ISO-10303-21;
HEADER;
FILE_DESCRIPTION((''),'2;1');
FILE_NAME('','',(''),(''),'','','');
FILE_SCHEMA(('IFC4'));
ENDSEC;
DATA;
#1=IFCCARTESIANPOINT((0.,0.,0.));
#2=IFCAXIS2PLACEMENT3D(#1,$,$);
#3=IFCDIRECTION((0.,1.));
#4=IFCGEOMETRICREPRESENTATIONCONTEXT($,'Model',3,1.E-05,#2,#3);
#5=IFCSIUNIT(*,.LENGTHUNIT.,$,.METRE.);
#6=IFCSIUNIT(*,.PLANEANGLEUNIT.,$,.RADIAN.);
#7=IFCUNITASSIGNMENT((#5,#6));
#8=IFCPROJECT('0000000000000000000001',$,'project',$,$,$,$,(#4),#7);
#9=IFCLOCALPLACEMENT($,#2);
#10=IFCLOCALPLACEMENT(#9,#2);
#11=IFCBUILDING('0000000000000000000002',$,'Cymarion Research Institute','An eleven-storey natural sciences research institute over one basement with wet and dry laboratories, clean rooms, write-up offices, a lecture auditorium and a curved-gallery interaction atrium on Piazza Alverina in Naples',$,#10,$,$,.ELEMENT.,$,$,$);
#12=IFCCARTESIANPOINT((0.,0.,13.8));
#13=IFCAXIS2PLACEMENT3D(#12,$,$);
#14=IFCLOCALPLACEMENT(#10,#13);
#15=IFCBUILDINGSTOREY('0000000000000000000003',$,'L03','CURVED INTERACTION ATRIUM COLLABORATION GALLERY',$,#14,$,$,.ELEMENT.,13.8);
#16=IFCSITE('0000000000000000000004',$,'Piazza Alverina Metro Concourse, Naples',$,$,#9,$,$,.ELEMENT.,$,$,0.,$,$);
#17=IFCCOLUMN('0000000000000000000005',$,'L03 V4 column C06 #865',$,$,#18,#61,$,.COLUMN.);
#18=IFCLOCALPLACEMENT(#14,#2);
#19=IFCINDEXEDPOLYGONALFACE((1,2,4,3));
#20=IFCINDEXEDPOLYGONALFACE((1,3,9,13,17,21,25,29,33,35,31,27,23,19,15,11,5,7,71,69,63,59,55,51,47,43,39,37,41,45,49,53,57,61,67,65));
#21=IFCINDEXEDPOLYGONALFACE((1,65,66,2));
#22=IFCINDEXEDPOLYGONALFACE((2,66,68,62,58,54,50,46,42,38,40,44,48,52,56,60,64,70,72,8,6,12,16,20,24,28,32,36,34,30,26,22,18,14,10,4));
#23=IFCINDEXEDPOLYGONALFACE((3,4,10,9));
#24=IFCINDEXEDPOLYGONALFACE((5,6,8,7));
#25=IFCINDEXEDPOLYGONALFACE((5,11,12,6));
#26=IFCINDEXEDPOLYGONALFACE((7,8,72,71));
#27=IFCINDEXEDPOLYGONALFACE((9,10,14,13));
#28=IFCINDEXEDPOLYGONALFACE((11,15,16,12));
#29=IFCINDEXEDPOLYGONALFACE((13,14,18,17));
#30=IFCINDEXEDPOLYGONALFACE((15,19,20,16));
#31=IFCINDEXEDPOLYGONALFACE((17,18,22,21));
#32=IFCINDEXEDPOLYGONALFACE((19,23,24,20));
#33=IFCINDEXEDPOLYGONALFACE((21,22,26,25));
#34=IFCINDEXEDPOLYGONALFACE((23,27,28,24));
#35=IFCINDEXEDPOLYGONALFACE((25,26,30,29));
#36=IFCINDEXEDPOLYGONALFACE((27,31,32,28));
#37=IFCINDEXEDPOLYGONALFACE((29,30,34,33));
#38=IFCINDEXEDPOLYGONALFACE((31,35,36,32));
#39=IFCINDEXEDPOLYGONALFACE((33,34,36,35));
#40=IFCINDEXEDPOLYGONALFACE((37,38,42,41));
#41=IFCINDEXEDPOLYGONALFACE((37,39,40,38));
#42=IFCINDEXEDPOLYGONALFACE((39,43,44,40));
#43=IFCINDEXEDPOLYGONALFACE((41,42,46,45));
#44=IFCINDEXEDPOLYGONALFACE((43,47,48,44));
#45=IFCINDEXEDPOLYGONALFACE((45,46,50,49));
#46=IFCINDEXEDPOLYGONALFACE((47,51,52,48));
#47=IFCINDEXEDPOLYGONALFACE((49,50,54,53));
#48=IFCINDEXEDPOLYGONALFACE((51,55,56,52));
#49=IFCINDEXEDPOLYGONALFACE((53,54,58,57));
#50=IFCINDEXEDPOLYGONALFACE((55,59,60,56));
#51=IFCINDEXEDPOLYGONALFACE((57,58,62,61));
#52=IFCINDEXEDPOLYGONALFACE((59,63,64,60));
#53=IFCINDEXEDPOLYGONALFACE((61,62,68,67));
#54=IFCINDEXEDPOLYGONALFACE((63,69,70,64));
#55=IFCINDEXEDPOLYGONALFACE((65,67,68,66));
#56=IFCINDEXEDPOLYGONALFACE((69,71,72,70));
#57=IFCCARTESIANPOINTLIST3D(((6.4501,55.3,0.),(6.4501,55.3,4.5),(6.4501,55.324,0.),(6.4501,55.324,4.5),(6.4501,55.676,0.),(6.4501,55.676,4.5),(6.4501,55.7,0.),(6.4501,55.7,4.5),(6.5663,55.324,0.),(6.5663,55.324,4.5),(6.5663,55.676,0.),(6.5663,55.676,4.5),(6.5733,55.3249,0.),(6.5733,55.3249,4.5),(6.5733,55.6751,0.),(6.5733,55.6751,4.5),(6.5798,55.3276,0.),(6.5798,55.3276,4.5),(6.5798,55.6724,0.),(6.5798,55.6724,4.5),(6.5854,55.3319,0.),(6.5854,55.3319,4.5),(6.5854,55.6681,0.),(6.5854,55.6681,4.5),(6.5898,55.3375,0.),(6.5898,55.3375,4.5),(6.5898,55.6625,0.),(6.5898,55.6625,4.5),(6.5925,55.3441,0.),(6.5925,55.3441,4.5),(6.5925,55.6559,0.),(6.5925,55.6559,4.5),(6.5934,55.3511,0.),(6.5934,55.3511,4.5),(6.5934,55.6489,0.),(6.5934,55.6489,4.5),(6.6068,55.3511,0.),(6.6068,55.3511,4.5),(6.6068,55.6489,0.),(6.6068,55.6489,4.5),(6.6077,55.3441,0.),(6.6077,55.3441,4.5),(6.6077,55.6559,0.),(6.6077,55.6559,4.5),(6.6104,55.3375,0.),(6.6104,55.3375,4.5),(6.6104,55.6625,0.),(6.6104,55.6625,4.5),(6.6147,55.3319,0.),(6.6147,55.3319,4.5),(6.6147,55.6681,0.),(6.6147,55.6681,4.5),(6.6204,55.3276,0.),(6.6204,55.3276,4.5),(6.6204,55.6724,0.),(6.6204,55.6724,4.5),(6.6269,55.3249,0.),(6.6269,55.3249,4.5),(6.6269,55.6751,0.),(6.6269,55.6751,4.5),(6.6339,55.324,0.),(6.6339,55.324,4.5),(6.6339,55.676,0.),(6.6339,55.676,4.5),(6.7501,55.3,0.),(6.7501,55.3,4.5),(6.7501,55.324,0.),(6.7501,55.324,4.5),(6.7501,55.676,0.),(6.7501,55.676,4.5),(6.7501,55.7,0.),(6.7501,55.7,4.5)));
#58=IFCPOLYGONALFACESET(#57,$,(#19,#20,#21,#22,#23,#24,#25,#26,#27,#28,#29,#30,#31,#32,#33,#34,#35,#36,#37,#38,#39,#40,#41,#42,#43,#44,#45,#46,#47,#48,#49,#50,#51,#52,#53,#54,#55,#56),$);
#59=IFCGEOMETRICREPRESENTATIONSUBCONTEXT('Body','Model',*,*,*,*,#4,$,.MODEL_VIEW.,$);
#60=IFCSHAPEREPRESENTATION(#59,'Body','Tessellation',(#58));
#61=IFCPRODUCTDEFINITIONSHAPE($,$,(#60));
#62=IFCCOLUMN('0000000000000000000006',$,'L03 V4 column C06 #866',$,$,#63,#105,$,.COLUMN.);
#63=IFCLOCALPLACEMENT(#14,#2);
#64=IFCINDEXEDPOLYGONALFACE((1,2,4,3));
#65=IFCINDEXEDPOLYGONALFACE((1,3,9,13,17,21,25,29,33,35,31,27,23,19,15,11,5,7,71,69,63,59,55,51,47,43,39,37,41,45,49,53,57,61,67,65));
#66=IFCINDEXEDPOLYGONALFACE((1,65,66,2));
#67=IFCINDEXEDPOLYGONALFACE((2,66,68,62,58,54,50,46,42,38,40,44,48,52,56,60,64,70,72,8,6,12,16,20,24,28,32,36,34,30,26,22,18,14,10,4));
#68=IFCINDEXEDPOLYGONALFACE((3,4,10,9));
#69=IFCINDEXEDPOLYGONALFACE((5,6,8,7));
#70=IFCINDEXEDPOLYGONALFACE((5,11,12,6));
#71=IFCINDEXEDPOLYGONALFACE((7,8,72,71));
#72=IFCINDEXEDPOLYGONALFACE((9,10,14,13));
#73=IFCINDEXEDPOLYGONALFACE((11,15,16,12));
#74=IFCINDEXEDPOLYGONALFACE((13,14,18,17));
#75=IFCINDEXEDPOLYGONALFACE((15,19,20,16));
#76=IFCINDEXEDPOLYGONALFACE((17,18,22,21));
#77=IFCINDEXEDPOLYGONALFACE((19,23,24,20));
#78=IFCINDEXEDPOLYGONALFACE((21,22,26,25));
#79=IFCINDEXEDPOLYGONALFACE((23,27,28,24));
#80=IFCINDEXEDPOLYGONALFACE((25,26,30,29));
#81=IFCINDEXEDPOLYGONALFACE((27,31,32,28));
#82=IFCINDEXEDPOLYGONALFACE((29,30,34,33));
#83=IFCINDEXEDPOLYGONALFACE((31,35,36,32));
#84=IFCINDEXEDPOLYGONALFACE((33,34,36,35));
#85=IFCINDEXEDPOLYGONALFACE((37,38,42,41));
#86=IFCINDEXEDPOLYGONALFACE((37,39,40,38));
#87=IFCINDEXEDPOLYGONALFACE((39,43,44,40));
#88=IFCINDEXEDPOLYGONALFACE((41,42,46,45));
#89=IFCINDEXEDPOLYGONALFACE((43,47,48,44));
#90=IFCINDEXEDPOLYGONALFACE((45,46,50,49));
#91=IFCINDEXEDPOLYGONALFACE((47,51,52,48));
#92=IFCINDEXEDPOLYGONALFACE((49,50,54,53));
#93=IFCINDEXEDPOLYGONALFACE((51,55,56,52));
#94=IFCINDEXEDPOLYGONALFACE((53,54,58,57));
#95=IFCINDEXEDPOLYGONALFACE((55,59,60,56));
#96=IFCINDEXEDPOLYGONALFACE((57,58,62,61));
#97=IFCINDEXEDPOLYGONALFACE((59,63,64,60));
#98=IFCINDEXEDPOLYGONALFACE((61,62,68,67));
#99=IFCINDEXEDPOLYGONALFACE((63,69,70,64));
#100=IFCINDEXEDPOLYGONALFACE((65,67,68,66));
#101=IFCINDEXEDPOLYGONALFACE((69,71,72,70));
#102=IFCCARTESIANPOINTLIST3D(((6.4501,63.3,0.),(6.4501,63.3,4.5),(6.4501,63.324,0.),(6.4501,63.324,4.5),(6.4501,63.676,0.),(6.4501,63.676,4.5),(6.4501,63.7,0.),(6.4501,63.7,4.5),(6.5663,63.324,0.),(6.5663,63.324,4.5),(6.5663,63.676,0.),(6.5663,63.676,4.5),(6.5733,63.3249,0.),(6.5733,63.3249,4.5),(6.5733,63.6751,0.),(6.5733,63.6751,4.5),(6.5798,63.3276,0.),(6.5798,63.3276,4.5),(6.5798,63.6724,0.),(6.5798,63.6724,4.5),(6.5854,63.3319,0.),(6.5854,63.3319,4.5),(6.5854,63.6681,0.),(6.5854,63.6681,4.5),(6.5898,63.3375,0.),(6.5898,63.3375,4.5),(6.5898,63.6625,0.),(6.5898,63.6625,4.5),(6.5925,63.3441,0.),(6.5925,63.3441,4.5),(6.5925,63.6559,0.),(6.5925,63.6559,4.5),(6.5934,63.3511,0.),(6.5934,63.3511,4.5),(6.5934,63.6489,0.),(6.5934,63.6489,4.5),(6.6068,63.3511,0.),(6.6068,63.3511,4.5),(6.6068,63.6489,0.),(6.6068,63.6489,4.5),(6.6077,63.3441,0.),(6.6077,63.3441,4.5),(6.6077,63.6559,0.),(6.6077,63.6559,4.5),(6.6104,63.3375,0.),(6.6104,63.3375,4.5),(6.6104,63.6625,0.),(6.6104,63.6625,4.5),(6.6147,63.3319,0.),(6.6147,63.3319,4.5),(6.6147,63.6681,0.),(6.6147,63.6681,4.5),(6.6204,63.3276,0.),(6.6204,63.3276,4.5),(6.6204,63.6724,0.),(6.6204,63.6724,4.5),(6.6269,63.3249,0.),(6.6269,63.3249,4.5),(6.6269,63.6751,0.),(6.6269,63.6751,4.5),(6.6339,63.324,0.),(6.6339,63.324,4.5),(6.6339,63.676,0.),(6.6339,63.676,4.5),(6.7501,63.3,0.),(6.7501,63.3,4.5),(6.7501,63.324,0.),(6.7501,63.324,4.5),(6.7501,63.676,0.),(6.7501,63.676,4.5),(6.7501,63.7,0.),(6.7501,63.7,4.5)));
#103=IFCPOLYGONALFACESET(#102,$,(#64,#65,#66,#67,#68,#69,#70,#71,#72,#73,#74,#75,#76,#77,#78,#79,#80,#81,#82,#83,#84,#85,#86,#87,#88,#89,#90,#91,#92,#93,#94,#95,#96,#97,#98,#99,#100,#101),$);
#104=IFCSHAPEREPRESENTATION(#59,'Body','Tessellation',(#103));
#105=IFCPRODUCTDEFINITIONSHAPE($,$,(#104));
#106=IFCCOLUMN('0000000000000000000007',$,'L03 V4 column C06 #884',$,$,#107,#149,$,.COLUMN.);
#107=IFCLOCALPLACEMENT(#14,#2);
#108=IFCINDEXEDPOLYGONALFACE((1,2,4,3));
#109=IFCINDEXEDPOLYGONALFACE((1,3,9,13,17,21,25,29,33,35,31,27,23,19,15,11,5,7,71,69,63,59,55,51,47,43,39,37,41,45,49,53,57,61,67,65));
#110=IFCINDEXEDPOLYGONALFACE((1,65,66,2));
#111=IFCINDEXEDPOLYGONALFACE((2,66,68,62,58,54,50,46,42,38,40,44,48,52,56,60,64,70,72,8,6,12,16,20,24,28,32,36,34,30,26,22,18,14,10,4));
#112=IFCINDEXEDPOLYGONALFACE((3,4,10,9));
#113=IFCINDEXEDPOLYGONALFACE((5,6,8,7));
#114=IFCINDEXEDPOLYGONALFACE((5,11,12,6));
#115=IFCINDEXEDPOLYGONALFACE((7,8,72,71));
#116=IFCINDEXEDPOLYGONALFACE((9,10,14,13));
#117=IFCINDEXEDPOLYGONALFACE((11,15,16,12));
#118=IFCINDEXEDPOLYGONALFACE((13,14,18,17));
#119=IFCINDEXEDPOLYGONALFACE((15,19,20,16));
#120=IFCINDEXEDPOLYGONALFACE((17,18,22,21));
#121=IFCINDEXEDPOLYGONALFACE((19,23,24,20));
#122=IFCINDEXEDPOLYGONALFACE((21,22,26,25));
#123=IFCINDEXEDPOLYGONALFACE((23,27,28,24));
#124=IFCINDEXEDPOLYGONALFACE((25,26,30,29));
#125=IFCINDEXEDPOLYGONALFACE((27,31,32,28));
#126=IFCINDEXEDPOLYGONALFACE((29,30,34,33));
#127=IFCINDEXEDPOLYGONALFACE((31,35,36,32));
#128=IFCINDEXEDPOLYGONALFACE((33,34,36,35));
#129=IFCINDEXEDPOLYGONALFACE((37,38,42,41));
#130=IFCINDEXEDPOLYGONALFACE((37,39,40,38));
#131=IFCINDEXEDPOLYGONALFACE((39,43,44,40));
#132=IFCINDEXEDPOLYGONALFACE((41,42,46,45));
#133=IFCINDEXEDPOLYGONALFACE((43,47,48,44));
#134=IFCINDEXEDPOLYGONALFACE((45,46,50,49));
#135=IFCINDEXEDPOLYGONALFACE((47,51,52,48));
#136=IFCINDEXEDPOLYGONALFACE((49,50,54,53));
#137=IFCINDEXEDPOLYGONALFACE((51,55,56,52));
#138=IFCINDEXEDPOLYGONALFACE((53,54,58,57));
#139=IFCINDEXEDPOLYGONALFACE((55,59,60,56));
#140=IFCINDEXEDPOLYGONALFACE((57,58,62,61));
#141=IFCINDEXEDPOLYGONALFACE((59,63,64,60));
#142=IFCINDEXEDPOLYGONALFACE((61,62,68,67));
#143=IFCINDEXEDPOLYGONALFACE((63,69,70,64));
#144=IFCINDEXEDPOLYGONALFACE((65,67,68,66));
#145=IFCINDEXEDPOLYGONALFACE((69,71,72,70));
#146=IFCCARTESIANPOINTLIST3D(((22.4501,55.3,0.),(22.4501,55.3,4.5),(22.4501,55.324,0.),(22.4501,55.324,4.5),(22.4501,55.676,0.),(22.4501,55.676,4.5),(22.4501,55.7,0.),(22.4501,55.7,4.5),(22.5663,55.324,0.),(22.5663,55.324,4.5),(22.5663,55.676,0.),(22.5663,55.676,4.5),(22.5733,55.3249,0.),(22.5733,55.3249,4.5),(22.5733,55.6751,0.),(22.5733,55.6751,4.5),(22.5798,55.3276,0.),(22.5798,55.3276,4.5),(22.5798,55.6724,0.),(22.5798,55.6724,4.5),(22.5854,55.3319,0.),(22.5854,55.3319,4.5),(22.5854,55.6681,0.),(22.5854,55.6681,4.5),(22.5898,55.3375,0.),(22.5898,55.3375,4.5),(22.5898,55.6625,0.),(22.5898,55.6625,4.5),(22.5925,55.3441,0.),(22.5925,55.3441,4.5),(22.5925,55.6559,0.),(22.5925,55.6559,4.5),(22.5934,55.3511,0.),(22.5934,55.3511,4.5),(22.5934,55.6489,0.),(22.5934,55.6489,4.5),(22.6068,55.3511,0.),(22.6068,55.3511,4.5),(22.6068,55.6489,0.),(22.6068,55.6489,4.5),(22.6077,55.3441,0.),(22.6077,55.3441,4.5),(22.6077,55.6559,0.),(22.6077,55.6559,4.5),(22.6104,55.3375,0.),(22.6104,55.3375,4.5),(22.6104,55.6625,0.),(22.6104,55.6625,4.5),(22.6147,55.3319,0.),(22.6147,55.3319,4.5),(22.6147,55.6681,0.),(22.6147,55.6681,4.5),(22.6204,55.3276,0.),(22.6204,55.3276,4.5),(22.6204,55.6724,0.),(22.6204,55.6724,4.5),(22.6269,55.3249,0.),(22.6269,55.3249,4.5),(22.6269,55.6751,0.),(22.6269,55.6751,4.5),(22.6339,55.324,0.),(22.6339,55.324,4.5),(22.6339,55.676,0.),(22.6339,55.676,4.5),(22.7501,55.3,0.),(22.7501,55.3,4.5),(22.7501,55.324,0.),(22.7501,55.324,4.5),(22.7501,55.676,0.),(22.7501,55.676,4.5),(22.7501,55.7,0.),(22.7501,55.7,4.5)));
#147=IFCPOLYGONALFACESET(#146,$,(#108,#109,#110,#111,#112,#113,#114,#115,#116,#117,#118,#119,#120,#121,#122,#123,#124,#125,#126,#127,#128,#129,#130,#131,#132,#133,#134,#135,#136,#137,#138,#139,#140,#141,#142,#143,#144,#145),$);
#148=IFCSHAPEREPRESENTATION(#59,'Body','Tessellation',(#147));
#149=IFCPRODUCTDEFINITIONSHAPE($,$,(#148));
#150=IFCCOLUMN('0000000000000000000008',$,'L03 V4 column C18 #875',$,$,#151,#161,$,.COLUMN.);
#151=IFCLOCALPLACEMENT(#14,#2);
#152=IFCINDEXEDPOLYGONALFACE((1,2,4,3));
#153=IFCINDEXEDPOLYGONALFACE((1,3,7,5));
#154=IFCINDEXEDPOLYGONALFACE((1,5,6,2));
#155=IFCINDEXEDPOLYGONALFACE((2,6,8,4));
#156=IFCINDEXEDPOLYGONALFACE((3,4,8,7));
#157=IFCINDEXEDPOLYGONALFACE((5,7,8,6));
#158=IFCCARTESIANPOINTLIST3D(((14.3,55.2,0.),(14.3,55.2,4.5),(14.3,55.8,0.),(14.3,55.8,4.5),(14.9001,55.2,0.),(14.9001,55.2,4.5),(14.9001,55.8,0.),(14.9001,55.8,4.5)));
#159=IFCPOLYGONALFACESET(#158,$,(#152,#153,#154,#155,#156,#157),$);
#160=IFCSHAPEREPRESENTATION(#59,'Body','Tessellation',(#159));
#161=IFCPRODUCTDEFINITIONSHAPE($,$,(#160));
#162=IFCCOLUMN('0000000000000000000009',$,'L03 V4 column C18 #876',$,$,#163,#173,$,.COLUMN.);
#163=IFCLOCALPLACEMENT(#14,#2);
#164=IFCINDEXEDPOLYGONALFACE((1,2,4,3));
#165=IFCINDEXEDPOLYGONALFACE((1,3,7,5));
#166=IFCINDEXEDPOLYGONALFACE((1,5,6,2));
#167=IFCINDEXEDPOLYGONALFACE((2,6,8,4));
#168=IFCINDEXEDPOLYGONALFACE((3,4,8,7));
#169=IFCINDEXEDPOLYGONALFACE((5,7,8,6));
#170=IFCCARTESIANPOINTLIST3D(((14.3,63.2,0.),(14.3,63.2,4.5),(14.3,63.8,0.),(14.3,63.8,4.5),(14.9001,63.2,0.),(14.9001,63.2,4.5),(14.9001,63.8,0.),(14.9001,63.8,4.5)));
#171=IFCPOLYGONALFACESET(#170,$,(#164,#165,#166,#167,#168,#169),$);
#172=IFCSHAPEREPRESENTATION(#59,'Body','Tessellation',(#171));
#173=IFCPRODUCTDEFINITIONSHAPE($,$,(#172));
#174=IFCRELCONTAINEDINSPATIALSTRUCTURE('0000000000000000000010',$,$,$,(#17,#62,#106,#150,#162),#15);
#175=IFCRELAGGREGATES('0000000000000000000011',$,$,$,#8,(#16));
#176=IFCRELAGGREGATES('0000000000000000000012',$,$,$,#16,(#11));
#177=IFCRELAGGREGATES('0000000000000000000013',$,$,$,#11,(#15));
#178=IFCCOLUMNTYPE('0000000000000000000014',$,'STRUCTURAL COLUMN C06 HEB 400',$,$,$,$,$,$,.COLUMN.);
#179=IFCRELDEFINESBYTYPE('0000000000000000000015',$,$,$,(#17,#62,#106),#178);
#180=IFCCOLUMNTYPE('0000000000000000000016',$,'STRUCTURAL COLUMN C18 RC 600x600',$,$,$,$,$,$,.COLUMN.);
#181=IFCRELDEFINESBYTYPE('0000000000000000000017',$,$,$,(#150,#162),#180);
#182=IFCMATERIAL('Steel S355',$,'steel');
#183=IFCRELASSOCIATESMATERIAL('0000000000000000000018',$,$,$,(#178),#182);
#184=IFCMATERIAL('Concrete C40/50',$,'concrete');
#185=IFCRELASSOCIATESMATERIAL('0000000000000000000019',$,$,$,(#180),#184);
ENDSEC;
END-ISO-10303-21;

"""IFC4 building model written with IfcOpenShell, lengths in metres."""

from ifc_helpers import new_model, si_unit, direction, frame, origin, origin_2d, place, context, subcontext, project, spatial, rectangle, i_section, extrude, material, material_profile, profile_set, type_object, element, save


model = new_model("IFC4")

# Units and contexts
model_context = context("Model", 3, precision=1e-05, world=origin(), true_north=direction((0.0, 1.0)))
body_context = subcontext(model_context, "Body", "Model", "MODEL_VIEW")
ifc_project = project(units=[si_unit("LENGTHUNIT", "METRE"), si_unit("PLANEANGLEUNIT", "RADIAN")], contexts=[model_context])

# Site, building, storey
site_placement = place(None, origin())
site = spatial("IfcSite", under=ifc_project, at=site_placement, Name="Piazza Alverina Metro Concourse, Naples", CompositionType="ELEMENT", RefElevation=0.0)
building_placement = place(site_placement, origin())
building = spatial("IfcBuilding", under=site, at=building_placement, Name="Cymarion Research Institute", Description="An eleven-storey natural sciences research institute over one basement with wet and dry laboratories, clean rooms, write-up offices, a lecture auditorium and a curved-gallery interaction atrium on Piazza Alverina in Naples", CompositionType="ELEMENT")
storey_placement = place(building_placement, frame((0.0, 0.0, 13.8)))
storey = spatial("IfcBuildingStorey", under=building, at=storey_placement, Name="L03", Description="CURVED INTERACTION ATRIUM COLLABORATION GALLERY", CompositionType="ELEMENT", Elevation=13.8)

# Columns
ifc_material_1 = material(Name="Steel S355", Category="steel")
ifc_material_profile_1 = material_profile(ifc_material_1, i_section(OverallWidth=0.3, OverallDepth=0.3999, WebThickness=0.0134, FlangeThickness=0.0239, FilletRadius=0.0271, at=origin_2d()), Name="HEB 400")
ifc_profile_set_1 = profile_set([ifc_material_profile_1], Name="Steel S355")
column_type_1 = type_object("IfcColumnType", Name="STRUCTURAL COLUMN C06 HEB 400", PredefinedType="COLUMN", material=ifc_profile_set_1)
for number, where, z_axis, x_axis, name in (
    (1, (6.6001, 55.5, 0.0), (0.0, 0.0, 1.0), (1.0, 0.0, 0.0), "L03 V4 column C06 #865"),
    (2, (6.6001, 63.5, 0.0), (0.0, 0.0, 1.0), (1.0, 0.0, 0.0), "L03 V4 column C06 #866"),
    (3, (22.6001, 55.5, 0.0), (0.0, 0.0, 1.0), (1.0, 0.0, 0.0), "L03 V4 column C06 #884"),
):
    element("IfcColumn", number, at=place(storey_placement, frame(where, z_axis=z_axis, x_axis=x_axis)), inside=storey, type_object=column_type_1, Name=name, PredefinedType="COLUMN", context=body_context, shape_type="SweptSolid", body=[
        extrude(i_section(OverallWidth=0.3, OverallDepth=0.3999, WebThickness=0.0134, FlangeThickness=0.0239, FilletRadius=0.0271, at=origin_2d()), origin(), (0.0, 0.0, 1.0), 4.5),
    ])
ifc_material_2 = material(Name="Concrete C40/50", Category="concrete")
ifc_material_profile_2 = material_profile(ifc_material_2, rectangle(XDim=0.6001, YDim=0.6001, at=origin_2d()), Name="RC 600x600")
ifc_profile_set_2 = profile_set([ifc_material_profile_2], Name="Concrete C40/50")
column_type_2 = type_object("IfcColumnType", Name="STRUCTURAL COLUMN C18 RC 600x600", PredefinedType="COLUMN", material=ifc_profile_set_2)
for number, where, z_axis, x_axis, name in (
    (4, (14.6001, 55.5, 0.0), (0.0, 0.0, 1.0), (1.0, 0.0, 0.0), "L03 V4 column C18 #875"),
    (5, (14.6001, 63.5, 0.0), (0.0, 0.0, 1.0), (1.0, 0.0, 0.0), "L03 V4 column C18 #876"),
):
    element("IfcColumn", number, at=place(storey_placement, frame(where, z_axis=z_axis, x_axis=x_axis)), inside=storey, type_object=column_type_2, Name=name, PredefinedType="COLUMN", context=body_context, shape_type="SweptSolid", body=[
        extrude(rectangle(XDim=0.6001, YDim=0.6001, at=origin_2d()), origin(), (0.0, 0.0, 1.0), 4.5),
    ])

save(model, "model.ifc")
